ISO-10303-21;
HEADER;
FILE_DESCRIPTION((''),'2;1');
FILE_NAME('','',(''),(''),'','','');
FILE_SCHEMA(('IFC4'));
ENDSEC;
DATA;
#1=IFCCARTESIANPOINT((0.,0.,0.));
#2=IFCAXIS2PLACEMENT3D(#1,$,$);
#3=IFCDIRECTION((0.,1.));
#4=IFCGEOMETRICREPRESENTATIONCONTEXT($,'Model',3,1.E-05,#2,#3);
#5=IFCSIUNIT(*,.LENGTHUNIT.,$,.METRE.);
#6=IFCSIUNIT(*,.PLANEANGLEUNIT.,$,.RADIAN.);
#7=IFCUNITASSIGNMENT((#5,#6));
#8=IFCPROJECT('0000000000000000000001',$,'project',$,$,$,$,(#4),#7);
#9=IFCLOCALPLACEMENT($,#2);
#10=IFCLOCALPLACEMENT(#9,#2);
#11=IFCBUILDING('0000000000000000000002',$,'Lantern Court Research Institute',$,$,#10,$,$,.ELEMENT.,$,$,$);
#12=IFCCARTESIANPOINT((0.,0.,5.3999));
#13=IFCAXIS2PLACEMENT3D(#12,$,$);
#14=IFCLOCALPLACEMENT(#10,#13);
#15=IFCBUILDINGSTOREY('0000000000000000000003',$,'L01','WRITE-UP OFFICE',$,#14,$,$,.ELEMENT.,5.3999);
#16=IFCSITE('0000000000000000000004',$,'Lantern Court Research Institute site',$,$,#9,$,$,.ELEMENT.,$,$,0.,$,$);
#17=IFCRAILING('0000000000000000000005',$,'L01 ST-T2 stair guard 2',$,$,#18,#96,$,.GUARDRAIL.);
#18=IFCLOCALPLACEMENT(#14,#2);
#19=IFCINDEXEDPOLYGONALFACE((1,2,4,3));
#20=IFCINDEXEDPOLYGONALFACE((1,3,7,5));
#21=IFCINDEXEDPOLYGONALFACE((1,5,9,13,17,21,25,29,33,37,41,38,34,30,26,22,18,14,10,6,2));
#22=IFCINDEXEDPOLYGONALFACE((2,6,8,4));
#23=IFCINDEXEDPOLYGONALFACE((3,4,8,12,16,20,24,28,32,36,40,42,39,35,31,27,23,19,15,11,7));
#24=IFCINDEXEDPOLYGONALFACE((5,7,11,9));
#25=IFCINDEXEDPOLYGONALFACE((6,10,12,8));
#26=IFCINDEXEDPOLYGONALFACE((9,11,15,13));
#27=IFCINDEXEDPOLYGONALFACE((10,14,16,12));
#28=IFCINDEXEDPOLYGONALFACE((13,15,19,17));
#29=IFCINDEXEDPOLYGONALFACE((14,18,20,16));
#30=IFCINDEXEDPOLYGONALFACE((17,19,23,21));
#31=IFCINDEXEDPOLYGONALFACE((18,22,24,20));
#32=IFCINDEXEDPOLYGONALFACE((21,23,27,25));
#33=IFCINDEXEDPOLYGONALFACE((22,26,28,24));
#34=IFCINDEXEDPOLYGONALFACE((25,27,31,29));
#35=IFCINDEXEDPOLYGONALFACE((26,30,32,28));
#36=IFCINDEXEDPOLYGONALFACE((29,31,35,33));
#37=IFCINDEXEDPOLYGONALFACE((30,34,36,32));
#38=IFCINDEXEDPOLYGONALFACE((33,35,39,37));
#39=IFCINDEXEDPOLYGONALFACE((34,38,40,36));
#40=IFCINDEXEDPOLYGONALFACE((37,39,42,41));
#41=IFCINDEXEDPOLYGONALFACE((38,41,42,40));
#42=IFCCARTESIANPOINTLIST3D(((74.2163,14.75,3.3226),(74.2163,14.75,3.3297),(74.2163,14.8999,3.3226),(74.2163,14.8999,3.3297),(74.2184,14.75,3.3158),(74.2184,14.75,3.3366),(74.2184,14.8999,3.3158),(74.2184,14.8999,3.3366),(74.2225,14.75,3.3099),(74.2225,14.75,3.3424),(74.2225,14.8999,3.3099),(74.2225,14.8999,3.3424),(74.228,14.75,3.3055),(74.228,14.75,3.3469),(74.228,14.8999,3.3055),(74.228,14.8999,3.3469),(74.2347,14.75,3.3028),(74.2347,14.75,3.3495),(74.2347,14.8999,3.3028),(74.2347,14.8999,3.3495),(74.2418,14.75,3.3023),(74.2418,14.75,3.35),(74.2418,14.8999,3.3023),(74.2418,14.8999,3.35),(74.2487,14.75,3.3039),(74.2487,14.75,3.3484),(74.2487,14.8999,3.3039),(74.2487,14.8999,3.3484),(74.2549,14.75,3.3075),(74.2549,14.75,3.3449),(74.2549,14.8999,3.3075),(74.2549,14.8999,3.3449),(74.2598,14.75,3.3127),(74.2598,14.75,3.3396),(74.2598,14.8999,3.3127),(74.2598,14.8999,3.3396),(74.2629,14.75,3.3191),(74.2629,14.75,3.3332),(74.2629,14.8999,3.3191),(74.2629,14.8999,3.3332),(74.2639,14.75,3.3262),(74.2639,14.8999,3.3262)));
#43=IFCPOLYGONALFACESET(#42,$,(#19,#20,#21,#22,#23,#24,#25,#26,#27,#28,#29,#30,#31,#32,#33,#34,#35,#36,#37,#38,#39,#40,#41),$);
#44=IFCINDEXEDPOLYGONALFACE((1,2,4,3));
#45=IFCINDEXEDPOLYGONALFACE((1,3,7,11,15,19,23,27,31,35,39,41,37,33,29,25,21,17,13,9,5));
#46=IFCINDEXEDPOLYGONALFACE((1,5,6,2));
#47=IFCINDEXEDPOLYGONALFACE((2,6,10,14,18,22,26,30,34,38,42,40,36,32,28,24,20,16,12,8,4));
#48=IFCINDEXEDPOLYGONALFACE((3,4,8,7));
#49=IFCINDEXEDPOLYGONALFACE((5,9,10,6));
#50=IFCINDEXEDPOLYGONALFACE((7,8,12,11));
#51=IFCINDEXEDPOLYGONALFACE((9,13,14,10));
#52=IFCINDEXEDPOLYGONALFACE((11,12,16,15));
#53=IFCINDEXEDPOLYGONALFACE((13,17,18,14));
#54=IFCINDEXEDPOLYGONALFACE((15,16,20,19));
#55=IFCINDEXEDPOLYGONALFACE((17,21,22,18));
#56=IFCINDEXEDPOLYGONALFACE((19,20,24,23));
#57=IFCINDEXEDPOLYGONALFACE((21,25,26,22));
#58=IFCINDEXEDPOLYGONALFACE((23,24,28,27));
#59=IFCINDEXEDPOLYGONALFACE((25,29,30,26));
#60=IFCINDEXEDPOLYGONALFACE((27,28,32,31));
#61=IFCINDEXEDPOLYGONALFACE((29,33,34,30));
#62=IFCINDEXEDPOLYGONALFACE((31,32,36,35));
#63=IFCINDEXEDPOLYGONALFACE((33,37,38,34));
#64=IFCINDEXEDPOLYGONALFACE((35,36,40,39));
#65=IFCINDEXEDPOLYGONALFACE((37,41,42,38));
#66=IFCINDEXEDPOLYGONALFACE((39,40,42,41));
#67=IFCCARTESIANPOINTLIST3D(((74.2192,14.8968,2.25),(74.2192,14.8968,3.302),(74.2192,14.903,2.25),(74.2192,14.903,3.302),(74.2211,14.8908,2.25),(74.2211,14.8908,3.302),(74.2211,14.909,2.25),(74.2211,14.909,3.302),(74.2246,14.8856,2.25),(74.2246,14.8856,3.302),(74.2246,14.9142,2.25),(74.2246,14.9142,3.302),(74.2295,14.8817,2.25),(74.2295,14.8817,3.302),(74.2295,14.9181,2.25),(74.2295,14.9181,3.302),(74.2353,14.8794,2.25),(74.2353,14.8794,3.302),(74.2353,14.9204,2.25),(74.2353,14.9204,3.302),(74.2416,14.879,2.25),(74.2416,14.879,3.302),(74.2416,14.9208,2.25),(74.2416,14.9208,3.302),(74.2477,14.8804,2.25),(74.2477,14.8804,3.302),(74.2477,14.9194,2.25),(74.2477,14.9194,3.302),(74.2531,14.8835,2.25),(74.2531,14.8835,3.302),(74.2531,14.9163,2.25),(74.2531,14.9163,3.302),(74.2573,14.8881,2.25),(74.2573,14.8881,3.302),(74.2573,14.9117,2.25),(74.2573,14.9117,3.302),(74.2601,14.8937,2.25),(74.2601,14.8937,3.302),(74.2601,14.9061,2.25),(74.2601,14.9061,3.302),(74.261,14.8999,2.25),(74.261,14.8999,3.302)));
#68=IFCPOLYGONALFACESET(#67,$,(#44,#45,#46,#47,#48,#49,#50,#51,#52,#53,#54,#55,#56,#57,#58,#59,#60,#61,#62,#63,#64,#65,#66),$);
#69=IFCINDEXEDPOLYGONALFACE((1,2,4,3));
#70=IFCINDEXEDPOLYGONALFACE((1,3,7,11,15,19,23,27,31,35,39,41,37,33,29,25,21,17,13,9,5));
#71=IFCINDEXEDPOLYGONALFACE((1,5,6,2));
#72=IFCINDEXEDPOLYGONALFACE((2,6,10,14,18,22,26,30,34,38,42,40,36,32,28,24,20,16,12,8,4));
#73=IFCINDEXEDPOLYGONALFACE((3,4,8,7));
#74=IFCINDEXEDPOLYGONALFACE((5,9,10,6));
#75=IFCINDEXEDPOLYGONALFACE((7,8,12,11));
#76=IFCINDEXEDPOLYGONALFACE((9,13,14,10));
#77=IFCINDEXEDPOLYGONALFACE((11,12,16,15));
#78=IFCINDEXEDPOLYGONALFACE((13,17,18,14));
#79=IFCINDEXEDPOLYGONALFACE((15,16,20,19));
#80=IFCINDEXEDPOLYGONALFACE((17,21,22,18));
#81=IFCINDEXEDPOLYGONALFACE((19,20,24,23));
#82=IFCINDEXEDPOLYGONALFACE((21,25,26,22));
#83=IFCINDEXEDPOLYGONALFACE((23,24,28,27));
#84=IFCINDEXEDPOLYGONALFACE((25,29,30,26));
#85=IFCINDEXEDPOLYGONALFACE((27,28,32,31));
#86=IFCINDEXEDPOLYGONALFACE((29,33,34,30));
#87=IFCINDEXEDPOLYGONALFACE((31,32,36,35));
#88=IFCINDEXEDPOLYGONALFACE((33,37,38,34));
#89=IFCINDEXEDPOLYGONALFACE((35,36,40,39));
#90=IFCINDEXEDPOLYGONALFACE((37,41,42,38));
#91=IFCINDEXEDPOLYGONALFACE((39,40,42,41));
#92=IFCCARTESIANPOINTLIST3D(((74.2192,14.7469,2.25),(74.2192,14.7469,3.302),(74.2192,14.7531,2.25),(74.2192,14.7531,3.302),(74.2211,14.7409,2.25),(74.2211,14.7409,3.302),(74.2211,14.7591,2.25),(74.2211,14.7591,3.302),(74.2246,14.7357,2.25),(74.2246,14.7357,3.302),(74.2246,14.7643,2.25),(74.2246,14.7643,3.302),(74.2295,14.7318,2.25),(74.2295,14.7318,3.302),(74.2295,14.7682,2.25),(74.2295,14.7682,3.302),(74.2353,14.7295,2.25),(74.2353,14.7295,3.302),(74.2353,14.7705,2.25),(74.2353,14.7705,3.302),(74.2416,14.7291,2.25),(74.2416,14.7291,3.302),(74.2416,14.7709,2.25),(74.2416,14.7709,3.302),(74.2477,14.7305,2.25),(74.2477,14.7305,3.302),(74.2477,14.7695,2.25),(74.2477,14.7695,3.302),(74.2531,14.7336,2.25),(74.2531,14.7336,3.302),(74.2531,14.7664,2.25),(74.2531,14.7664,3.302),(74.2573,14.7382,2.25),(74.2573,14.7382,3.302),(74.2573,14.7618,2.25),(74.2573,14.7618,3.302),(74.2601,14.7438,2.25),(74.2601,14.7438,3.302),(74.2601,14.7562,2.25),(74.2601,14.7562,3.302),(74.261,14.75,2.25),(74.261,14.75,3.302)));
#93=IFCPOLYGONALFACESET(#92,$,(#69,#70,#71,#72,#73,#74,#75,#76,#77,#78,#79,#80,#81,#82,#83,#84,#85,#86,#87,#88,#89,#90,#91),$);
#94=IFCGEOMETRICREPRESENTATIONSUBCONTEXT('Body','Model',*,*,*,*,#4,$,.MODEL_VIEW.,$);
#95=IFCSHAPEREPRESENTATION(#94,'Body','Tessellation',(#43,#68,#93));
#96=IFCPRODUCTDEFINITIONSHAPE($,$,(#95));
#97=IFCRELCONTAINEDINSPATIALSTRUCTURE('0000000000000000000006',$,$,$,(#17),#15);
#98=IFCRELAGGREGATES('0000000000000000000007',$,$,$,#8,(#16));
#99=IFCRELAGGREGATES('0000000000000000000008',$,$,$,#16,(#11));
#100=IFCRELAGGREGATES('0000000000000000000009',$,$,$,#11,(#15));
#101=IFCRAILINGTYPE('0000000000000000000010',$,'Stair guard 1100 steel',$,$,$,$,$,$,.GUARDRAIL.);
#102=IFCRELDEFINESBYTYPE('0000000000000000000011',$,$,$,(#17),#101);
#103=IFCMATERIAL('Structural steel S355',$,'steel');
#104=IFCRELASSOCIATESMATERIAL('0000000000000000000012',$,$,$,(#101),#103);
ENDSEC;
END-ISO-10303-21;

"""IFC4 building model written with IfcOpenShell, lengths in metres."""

from ifc_helpers import new_model, si_unit, direction, frame, origin, origin_2d, place, context, subcontext, project, spatial, circle, extrude, material, type_object, element, save


model = new_model("IFC4")

# Units and contexts
model_context = context("Model", 3, precision=1e-05, world=origin(), true_north=direction((0.0, 1.0)))
body_context = subcontext(model_context, "Body", "Model", "MODEL_VIEW")
ifc_project = project(units=[si_unit("LENGTHUNIT", "METRE"), si_unit("PLANEANGLEUNIT", "RADIAN")], contexts=[model_context])

# Site, building, storey
site_placement = place(None, origin())
site = spatial("IfcSite", under=ifc_project, at=site_placement, Name="Lantern Court Research Institute site", CompositionType="ELEMENT", RefElevation=0.0)
building_placement = place(site_placement, origin())
building = spatial("IfcBuilding", under=site, at=building_placement, Name="Lantern Court Research Institute", CompositionType="ELEMENT")
storey_placement = place(building_placement, frame((0.0, 0.0, 5.3999)))
storey = spatial("IfcBuildingStorey", under=building, at=storey_placement, Name="L01", Description="WRITE-UP OFFICE", CompositionType="ELEMENT", Elevation=5.3999)

# Railing
ifc_material_1 = material(Name="Structural steel S355", Category="steel")
railing_type_1 = type_object("IfcRailingType", Name="Stair guard 1100 steel", PredefinedType="GUARDRAIL", material=ifc_material_1)
railing_1_placement = place(storey_placement, frame((74.24, 14.8999, 2.25)))
element("IfcRailing", 1, at=railing_1_placement, inside=storey, type_object=railing_type_1, Name="L01 ST-T2 stair guard 2", PredefinedType="GUARDRAIL", context=body_context, shape_type="SweptSolid", body=[
    extrude(circle(Radius=0.0239, at=origin_2d()), frame((0.0, 0.0, 1.0762), z_axis=(0.0, -1.0, 0.0), x_axis=(1.0, 0.0, 0.0)), (0.0, 0.0, 1.0), 0.1499),
    extrude(circle(Radius=0.021, at=origin_2d()), origin(), (0.0, 0.0, 1.0), 1.052),
    extrude(circle(Radius=0.021, at=origin_2d()), frame((0.0, -0.1499, 0.0)), (0.0, 0.0, 1.0), 1.052),
])

save(model, "model.ifc")
